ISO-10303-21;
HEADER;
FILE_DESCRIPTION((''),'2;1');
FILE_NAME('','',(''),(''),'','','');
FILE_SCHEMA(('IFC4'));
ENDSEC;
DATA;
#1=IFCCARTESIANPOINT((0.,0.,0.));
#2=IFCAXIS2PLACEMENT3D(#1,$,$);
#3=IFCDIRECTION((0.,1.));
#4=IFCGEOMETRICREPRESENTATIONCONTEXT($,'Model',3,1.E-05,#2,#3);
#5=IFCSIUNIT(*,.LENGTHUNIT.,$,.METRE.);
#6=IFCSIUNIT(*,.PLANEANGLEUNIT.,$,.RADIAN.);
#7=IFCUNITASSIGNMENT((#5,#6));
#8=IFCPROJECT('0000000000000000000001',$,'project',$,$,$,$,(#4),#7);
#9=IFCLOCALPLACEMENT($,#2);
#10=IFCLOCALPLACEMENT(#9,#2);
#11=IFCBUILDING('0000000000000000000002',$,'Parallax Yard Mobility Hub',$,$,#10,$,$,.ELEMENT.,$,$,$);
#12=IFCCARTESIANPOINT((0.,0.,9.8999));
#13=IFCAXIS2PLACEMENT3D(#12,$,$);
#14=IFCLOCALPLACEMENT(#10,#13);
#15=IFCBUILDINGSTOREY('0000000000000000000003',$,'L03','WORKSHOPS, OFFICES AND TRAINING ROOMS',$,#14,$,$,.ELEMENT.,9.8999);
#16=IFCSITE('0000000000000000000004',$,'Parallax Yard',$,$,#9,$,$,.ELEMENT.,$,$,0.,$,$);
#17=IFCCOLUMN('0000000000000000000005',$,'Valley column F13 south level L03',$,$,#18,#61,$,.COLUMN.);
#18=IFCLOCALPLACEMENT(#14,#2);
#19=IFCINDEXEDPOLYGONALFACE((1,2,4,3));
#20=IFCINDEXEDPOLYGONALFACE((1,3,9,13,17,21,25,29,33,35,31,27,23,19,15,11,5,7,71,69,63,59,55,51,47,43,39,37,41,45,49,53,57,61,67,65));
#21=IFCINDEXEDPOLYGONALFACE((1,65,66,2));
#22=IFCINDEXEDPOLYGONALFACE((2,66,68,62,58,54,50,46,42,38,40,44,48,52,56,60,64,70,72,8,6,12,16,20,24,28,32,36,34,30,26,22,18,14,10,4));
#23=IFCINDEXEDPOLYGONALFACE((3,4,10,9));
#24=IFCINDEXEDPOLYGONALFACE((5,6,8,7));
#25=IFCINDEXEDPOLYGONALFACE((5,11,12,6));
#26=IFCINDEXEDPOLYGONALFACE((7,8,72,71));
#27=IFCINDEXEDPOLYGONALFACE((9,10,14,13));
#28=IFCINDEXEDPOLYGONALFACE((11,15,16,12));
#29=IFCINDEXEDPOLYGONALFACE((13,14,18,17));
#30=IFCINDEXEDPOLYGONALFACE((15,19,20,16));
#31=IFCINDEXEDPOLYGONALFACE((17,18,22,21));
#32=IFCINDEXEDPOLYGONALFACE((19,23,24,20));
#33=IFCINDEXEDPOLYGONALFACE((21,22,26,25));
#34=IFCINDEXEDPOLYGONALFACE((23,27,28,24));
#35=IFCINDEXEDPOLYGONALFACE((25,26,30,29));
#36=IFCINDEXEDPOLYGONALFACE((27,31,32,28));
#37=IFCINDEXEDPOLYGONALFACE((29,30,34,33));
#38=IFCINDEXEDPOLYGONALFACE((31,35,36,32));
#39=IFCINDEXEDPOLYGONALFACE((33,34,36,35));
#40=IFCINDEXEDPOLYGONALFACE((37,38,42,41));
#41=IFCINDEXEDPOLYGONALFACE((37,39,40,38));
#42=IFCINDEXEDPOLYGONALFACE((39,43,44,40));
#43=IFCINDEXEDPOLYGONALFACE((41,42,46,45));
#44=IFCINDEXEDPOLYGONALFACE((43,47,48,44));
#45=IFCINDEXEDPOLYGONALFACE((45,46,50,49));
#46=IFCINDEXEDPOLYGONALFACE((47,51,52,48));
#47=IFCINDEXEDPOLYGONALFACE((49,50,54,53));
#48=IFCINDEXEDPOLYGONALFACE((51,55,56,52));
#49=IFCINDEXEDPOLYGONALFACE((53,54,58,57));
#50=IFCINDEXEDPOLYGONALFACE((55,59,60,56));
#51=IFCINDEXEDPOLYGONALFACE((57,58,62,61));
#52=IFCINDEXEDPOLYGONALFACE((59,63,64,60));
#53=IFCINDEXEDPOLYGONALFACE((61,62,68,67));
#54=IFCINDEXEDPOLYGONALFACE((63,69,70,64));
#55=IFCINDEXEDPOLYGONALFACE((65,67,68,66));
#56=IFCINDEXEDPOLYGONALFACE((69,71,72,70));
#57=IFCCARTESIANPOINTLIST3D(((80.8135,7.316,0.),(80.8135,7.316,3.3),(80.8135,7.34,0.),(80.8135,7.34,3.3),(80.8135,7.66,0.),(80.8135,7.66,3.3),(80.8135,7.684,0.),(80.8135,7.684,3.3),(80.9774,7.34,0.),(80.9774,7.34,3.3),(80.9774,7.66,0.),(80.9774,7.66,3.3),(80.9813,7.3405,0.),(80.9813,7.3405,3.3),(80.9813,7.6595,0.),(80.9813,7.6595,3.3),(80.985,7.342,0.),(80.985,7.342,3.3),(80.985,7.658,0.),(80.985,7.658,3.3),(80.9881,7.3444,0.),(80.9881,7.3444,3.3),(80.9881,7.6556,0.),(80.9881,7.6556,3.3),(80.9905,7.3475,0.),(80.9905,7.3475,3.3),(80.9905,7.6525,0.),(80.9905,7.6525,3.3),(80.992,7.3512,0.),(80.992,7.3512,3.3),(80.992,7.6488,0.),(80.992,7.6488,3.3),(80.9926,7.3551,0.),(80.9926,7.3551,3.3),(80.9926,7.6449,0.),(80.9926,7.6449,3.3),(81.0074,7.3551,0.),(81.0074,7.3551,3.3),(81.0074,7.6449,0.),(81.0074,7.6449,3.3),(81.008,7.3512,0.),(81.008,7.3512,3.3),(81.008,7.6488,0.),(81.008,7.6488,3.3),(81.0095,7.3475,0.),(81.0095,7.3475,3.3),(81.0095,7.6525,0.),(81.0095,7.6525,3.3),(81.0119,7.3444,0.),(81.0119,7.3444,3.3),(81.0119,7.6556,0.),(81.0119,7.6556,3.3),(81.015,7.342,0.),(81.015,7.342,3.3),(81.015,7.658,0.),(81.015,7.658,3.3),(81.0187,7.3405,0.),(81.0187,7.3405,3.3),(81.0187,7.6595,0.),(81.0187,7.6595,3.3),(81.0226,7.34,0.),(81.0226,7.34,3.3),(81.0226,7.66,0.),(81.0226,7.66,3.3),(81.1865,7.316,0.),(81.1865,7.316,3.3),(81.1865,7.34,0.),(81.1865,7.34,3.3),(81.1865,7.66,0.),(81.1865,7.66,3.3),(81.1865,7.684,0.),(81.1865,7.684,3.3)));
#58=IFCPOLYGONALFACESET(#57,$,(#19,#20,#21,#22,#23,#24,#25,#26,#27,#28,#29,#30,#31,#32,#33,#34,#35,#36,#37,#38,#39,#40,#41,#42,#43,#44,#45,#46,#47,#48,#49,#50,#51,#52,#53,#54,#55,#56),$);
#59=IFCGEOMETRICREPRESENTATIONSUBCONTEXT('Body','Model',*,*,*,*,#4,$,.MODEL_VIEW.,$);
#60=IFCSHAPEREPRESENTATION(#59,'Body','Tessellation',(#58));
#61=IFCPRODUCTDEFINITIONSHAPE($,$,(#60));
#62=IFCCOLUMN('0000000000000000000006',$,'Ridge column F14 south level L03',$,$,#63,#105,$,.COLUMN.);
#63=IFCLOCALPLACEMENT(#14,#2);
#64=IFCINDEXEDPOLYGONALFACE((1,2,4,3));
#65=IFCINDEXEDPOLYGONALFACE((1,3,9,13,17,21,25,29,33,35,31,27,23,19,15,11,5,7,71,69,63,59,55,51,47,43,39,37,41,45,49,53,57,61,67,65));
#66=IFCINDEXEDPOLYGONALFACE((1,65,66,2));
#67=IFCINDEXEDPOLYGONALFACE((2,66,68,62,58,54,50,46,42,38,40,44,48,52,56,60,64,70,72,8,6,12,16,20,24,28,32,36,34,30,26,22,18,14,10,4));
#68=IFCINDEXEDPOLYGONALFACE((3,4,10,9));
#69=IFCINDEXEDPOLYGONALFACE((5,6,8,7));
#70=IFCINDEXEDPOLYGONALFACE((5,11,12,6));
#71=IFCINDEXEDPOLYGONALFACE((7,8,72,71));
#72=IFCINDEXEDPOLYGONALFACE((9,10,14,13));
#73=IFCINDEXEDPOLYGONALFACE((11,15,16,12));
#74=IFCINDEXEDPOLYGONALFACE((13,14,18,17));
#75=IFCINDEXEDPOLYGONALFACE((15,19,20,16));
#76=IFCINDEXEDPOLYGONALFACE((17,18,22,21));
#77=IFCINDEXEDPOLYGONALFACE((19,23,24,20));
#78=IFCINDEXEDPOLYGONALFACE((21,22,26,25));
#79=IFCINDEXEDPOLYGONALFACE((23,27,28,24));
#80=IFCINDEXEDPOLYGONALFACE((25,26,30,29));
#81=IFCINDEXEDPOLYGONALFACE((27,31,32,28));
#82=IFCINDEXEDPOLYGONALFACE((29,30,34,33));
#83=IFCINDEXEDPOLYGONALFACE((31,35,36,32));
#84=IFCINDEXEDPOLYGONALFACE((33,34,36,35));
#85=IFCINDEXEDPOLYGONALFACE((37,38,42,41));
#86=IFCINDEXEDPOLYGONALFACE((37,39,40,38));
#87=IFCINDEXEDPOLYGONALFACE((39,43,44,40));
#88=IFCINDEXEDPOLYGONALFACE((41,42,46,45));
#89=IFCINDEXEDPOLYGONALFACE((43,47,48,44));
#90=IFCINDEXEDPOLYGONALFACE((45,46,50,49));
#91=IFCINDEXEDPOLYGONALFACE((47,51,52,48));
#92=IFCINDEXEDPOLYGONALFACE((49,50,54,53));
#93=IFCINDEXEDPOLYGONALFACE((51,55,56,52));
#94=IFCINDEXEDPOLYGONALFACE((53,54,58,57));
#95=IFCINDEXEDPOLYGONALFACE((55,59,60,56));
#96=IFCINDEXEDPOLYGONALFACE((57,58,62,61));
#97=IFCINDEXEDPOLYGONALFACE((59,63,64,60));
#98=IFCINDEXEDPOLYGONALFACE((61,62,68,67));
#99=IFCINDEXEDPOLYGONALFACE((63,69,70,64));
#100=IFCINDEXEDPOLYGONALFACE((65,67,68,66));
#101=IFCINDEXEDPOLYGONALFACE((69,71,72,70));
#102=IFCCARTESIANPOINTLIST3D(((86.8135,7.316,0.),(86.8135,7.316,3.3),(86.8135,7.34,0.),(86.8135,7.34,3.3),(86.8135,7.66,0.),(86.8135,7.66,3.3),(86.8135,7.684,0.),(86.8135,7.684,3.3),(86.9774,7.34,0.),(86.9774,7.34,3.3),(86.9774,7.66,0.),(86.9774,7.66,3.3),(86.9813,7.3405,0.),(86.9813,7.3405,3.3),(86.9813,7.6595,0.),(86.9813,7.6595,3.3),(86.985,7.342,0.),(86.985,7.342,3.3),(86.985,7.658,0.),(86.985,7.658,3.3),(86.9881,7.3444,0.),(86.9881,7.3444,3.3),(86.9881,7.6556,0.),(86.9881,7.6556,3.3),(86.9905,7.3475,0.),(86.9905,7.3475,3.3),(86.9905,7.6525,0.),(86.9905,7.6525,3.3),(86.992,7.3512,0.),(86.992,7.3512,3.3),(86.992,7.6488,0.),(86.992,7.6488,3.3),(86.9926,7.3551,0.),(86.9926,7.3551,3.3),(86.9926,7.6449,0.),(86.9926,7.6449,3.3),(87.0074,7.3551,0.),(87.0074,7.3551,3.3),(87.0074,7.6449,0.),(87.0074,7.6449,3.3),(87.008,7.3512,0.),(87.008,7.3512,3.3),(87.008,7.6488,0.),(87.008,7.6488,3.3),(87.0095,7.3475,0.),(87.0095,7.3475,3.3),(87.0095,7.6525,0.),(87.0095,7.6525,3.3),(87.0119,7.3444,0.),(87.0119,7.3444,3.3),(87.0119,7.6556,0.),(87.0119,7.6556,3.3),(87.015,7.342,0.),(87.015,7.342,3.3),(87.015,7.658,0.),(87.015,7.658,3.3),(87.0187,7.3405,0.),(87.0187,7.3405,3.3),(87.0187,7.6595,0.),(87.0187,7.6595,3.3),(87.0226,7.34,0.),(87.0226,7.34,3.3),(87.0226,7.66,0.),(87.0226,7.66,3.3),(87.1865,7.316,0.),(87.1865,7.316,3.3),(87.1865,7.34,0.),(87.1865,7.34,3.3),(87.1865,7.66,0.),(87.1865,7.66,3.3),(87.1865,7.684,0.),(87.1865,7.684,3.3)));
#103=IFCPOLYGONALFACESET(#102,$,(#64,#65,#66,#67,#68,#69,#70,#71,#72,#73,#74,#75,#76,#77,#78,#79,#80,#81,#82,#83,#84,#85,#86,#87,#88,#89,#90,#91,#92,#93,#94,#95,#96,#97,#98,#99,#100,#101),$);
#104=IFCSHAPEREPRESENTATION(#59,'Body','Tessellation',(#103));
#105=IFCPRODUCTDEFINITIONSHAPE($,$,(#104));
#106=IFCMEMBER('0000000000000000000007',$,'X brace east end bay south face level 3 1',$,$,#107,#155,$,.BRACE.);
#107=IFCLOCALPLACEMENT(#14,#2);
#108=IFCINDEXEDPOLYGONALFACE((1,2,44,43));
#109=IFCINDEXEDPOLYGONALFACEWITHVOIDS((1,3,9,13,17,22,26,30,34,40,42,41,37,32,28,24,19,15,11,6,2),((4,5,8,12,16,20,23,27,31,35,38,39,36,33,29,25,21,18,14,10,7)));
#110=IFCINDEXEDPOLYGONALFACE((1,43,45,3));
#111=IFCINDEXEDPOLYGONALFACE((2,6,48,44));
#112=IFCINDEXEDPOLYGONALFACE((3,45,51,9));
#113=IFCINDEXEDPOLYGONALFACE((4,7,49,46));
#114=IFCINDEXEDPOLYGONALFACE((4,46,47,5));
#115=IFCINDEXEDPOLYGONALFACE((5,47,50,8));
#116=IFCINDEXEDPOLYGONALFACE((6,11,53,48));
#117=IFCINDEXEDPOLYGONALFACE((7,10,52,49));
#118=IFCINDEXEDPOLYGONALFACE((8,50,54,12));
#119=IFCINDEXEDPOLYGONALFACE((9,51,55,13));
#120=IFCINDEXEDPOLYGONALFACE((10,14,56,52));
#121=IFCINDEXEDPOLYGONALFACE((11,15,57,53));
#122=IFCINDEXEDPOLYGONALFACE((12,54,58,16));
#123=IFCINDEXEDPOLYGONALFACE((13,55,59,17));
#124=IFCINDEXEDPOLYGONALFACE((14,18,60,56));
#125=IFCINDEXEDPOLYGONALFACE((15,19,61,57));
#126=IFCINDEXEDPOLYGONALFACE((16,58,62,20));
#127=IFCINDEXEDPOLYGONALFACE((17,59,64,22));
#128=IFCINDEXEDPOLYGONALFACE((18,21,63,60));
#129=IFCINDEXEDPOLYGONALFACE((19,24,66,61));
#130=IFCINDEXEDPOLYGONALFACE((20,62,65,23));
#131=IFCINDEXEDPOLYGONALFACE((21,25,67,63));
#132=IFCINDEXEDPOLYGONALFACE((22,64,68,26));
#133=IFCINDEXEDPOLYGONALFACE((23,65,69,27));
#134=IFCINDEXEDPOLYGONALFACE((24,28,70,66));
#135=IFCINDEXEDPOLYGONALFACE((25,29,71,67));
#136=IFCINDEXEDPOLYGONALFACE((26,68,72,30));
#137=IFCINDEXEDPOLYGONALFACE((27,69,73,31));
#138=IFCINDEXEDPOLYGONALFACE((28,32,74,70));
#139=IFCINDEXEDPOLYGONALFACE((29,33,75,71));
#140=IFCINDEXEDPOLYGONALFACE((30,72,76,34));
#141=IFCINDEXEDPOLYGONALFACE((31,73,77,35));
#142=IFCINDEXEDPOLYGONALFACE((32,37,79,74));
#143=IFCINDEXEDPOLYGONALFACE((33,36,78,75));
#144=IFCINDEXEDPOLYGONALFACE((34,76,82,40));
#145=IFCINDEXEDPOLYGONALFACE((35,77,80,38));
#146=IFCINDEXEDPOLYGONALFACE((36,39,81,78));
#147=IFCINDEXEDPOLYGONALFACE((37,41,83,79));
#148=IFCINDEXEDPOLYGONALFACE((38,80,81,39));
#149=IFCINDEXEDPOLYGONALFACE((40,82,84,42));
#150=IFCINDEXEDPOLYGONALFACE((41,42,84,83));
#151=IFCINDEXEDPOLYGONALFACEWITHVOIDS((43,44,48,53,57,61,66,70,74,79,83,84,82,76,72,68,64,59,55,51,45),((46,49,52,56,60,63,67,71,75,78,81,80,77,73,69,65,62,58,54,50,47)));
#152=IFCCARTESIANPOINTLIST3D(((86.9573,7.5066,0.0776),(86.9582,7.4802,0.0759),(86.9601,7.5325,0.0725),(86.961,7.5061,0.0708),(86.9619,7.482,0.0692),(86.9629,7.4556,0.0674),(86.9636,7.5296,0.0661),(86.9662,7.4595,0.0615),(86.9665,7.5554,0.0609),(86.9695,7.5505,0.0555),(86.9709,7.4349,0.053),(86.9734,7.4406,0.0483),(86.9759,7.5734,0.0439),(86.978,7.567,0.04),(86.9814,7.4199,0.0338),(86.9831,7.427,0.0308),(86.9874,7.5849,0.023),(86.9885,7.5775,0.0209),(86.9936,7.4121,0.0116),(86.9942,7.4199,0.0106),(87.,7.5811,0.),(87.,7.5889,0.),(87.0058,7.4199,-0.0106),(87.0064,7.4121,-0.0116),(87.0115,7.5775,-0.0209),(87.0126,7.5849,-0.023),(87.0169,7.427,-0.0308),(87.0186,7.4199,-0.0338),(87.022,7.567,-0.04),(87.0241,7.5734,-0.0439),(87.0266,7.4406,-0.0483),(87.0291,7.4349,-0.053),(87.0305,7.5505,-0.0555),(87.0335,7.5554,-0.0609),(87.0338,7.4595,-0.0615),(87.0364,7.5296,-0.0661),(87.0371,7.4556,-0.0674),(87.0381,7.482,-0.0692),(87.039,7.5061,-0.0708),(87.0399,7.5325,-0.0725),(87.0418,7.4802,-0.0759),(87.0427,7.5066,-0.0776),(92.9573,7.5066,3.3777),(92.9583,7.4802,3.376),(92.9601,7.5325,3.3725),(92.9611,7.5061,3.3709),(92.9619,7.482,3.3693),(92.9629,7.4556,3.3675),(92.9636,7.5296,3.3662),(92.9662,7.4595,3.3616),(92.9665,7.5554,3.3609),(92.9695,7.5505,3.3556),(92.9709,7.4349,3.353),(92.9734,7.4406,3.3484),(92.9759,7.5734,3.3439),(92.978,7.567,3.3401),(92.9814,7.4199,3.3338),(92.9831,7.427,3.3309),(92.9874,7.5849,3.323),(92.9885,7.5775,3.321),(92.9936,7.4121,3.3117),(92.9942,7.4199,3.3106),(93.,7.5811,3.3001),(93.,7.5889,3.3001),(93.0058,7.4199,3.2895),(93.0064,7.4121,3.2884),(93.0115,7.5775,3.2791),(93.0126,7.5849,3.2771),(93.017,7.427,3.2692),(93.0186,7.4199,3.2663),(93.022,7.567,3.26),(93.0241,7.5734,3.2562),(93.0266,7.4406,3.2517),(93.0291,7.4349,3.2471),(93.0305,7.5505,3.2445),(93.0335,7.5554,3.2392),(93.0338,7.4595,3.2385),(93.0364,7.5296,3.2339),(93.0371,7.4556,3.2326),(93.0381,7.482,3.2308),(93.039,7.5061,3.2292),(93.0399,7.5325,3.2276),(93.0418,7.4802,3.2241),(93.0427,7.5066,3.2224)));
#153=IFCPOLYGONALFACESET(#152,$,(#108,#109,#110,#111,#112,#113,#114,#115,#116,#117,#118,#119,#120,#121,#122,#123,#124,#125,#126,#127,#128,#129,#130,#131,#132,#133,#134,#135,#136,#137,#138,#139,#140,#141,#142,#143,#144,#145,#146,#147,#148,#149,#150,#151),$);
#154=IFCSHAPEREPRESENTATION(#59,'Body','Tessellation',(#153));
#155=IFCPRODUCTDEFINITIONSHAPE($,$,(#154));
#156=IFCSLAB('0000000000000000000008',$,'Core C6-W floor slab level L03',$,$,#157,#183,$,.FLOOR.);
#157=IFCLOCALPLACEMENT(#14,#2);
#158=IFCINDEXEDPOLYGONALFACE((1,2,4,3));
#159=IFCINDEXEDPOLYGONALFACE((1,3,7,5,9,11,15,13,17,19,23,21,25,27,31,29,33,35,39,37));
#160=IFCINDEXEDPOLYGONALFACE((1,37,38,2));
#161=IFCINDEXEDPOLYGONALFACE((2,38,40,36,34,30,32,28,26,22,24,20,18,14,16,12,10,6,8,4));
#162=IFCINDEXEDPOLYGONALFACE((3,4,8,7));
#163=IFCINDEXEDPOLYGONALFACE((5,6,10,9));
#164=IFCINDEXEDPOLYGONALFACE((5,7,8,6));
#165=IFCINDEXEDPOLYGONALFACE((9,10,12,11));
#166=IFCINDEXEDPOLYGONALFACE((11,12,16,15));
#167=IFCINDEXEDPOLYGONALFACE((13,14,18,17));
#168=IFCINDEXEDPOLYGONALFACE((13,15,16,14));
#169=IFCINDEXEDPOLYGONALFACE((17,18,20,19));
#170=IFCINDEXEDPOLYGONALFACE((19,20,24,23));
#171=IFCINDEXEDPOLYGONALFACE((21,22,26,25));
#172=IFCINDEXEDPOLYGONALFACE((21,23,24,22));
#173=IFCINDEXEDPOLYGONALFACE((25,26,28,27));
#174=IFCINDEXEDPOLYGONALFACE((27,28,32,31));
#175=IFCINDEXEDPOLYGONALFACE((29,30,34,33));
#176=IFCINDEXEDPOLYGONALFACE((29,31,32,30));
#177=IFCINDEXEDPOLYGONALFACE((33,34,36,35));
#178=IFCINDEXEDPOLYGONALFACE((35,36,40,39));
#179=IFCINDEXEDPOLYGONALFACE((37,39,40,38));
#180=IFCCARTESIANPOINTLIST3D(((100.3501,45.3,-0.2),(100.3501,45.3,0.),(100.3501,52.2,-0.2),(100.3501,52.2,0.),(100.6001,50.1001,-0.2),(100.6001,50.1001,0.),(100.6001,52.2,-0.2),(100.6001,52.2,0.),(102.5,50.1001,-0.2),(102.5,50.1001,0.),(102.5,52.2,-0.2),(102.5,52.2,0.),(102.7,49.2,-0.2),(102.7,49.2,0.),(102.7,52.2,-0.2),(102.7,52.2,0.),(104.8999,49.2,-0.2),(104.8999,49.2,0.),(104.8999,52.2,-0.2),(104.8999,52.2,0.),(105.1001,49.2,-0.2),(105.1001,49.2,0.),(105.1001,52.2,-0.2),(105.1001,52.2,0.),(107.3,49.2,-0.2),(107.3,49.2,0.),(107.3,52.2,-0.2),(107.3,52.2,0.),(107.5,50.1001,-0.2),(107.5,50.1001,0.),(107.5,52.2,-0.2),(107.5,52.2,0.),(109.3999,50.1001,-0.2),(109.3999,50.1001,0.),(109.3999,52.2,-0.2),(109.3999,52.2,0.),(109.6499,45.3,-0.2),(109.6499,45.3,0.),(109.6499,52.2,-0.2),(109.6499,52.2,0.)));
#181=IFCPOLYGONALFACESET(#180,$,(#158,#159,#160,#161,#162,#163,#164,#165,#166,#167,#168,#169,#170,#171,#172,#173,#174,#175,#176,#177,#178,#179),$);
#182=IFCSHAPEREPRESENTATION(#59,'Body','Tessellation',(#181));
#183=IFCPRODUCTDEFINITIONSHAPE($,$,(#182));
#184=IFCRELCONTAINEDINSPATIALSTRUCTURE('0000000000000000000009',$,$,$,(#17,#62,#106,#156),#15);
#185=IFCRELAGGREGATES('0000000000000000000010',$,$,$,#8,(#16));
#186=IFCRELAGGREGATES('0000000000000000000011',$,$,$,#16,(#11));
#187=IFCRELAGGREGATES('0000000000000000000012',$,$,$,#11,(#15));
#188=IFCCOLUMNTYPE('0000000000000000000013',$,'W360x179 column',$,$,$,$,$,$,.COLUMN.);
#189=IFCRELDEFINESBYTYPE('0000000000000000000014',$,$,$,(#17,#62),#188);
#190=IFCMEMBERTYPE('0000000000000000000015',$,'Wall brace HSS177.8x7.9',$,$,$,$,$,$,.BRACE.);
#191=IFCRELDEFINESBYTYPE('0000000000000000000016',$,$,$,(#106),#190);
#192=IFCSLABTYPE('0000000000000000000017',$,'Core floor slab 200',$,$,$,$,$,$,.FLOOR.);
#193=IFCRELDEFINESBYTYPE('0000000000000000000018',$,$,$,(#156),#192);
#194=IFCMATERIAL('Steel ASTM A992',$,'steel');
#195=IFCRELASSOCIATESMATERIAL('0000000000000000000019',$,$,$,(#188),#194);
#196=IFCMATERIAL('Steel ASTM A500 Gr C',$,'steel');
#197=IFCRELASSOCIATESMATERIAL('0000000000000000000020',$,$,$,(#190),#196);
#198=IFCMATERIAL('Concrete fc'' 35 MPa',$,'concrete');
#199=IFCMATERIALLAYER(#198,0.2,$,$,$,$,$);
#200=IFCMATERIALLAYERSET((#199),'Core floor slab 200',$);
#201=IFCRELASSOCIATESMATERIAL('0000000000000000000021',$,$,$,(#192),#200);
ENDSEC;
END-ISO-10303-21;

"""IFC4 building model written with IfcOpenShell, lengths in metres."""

from ifc_helpers import new_model, si_unit, direction, frame, origin, origin_2d, place, context, subcontext, project, spatial, polyline, hollow_circle, i_section, outline, extrude, material, layer, layer_set, material_profile, profile_set, type_object, element, save


model = new_model("IFC4")

# Units and contexts
model_context = context("Model", 3, precision=1e-05, world=origin(), true_north=direction((0.0, 1.0)))
body_context = subcontext(model_context, "Body", "Model", "MODEL_VIEW")
ifc_project = project(units=[si_unit("LENGTHUNIT", "METRE"), si_unit("PLANEANGLEUNIT", "RADIAN")], contexts=[model_context])

# Site, building, storey
site_placement = place(None, origin())
site = spatial("IfcSite", under=ifc_project, at=site_placement, Name="Parallax Yard", CompositionType="ELEMENT", RefElevation=0.0)
building_placement = place(site_placement, origin())
building = spatial("IfcBuilding", under=site, at=building_placement, Name="Parallax Yard Mobility Hub", CompositionType="ELEMENT")
storey_placement = place(building_placement, frame((0.0, 0.0, 9.8999)))
storey = spatial("IfcBuildingStorey", under=building, at=storey_placement, Name="L03", Description="WORKSHOPS, OFFICES AND TRAINING ROOMS", CompositionType="ELEMENT", Elevation=9.8999)

# Columns
ifc_material_1 = material(Name="Steel ASTM A992", Category="steel")
ifc_material_profile_1 = material_profile(ifc_material_1, i_section(OverallWidth=0.373, OverallDepth=0.3679, WebThickness=0.0149, FlangeThickness=0.0239, FilletRadius=0.0151, at=origin_2d()), Name="W360x179")
ifc_profile_set_1 = profile_set([ifc_material_profile_1], Name="Steel ASTM A992")
column_type = type_object("IfcColumnType", Name="W360x179 column", PredefinedType="COLUMN", material=ifc_profile_set_1)
for number, where, z_axis, x_axis, name in (
    (1, (81.0, 7.5, 0.0), (0.0, 0.0, 1.0), (1.0, 0.0, 0.0), "Valley column F13 south level L03"),
    (2, (87.0, 7.5, 0.0), (0.0, 0.0, 1.0), (1.0, 0.0, 0.0), "Ridge column F14 south level L03"),
):
    element("IfcColumn", number, at=place(storey_placement, frame(where, z_axis=z_axis, x_axis=x_axis)), inside=storey, type_object=column_type, Name=name, PredefinedType="COLUMN", context=body_context, shape_type="SweptSolid", body=[
        extrude(i_section(OverallWidth=0.373, OverallDepth=0.3679, WebThickness=0.0149, FlangeThickness=0.0239, FilletRadius=0.0151, at=origin_2d()), origin(), (0.0, 0.0, 1.0), 3.3),
    ])

# Member
ifc_material_2 = material(Name="Steel ASTM A500 Gr C", Category="steel")
ifc_material_profile_2 = material_profile(ifc_material_2, hollow_circle(Radius=0.0889, WallThickness=0.0078, at=origin_2d()), Name="HSS177.8x7.9")
ifc_profile_set_2 = profile_set([ifc_material_profile_2], Name="Steel ASTM A500 Gr C")
member_type = type_object("IfcMemberType", Name="Wall brace HSS177.8x7.9", PredefinedType="BRACE", material=ifc_profile_set_2)
member_placement = place(storey_placement, frame((87.0, 7.5, 0.0), z_axis=(0.876213, 0.0, 0.481924), x_axis=(0.0, 1.0, 0.0)))
element("IfcMember", 3, at=member_placement, inside=storey, type_object=member_type, Name="X brace east end bay south face level 3 1", PredefinedType="BRACE", context=body_context, shape_type="SweptSolid", body=[
    extrude(hollow_circle(Radius=0.0889, WallThickness=0.0078, at=origin_2d()), origin(), (0.0, 0.0, 1.0), 6.8477),
])

# Slab
ifc_material_3 = material(Name="Concrete fc' 35 MPa", Category="concrete")
ifc_layer_1 = layer(ifc_material_3, 0.2)
ifc_layer_set_1 = layer_set([ifc_layer_1], Name="Core floor slab 200")
slab_type_1 = type_object("IfcSlabType", Name="Core floor slab 200", PredefinedType="FLOOR", material=ifc_layer_set_1)
slab_1_placement = place(storey_placement, frame((0.0, 0.0, -0.2)))
element("IfcSlab", 4, at=slab_1_placement, inside=storey, type_object=slab_type_1, Name="Core C6-W floor slab level L03", PredefinedType="FLOOR", context=body_context, shape_type="SweptSolid", body=[
    extrude(outline(polyline([(104.8999, 49.2), (104.8999, 52.2), (105.1001, 52.2), (105.1001, 49.2), (107.3, 49.2), (107.3, 52.2), (107.5, 52.2), (107.5, 50.1001), (109.3999, 50.1001), (109.3999, 52.2), (109.6499, 52.2), (109.6499, 45.3), (100.3501, 45.3), (100.3501, 52.2), (100.6001, 52.2), (100.6001, 50.1001), (102.5, 50.1001), (102.5, 52.2), (102.7, 52.2), (102.7, 49.2), (104.8999, 49.2)])), origin(), (0.0, 0.0, 1.0), 0.2),
])

save(model, "model.ifc")
